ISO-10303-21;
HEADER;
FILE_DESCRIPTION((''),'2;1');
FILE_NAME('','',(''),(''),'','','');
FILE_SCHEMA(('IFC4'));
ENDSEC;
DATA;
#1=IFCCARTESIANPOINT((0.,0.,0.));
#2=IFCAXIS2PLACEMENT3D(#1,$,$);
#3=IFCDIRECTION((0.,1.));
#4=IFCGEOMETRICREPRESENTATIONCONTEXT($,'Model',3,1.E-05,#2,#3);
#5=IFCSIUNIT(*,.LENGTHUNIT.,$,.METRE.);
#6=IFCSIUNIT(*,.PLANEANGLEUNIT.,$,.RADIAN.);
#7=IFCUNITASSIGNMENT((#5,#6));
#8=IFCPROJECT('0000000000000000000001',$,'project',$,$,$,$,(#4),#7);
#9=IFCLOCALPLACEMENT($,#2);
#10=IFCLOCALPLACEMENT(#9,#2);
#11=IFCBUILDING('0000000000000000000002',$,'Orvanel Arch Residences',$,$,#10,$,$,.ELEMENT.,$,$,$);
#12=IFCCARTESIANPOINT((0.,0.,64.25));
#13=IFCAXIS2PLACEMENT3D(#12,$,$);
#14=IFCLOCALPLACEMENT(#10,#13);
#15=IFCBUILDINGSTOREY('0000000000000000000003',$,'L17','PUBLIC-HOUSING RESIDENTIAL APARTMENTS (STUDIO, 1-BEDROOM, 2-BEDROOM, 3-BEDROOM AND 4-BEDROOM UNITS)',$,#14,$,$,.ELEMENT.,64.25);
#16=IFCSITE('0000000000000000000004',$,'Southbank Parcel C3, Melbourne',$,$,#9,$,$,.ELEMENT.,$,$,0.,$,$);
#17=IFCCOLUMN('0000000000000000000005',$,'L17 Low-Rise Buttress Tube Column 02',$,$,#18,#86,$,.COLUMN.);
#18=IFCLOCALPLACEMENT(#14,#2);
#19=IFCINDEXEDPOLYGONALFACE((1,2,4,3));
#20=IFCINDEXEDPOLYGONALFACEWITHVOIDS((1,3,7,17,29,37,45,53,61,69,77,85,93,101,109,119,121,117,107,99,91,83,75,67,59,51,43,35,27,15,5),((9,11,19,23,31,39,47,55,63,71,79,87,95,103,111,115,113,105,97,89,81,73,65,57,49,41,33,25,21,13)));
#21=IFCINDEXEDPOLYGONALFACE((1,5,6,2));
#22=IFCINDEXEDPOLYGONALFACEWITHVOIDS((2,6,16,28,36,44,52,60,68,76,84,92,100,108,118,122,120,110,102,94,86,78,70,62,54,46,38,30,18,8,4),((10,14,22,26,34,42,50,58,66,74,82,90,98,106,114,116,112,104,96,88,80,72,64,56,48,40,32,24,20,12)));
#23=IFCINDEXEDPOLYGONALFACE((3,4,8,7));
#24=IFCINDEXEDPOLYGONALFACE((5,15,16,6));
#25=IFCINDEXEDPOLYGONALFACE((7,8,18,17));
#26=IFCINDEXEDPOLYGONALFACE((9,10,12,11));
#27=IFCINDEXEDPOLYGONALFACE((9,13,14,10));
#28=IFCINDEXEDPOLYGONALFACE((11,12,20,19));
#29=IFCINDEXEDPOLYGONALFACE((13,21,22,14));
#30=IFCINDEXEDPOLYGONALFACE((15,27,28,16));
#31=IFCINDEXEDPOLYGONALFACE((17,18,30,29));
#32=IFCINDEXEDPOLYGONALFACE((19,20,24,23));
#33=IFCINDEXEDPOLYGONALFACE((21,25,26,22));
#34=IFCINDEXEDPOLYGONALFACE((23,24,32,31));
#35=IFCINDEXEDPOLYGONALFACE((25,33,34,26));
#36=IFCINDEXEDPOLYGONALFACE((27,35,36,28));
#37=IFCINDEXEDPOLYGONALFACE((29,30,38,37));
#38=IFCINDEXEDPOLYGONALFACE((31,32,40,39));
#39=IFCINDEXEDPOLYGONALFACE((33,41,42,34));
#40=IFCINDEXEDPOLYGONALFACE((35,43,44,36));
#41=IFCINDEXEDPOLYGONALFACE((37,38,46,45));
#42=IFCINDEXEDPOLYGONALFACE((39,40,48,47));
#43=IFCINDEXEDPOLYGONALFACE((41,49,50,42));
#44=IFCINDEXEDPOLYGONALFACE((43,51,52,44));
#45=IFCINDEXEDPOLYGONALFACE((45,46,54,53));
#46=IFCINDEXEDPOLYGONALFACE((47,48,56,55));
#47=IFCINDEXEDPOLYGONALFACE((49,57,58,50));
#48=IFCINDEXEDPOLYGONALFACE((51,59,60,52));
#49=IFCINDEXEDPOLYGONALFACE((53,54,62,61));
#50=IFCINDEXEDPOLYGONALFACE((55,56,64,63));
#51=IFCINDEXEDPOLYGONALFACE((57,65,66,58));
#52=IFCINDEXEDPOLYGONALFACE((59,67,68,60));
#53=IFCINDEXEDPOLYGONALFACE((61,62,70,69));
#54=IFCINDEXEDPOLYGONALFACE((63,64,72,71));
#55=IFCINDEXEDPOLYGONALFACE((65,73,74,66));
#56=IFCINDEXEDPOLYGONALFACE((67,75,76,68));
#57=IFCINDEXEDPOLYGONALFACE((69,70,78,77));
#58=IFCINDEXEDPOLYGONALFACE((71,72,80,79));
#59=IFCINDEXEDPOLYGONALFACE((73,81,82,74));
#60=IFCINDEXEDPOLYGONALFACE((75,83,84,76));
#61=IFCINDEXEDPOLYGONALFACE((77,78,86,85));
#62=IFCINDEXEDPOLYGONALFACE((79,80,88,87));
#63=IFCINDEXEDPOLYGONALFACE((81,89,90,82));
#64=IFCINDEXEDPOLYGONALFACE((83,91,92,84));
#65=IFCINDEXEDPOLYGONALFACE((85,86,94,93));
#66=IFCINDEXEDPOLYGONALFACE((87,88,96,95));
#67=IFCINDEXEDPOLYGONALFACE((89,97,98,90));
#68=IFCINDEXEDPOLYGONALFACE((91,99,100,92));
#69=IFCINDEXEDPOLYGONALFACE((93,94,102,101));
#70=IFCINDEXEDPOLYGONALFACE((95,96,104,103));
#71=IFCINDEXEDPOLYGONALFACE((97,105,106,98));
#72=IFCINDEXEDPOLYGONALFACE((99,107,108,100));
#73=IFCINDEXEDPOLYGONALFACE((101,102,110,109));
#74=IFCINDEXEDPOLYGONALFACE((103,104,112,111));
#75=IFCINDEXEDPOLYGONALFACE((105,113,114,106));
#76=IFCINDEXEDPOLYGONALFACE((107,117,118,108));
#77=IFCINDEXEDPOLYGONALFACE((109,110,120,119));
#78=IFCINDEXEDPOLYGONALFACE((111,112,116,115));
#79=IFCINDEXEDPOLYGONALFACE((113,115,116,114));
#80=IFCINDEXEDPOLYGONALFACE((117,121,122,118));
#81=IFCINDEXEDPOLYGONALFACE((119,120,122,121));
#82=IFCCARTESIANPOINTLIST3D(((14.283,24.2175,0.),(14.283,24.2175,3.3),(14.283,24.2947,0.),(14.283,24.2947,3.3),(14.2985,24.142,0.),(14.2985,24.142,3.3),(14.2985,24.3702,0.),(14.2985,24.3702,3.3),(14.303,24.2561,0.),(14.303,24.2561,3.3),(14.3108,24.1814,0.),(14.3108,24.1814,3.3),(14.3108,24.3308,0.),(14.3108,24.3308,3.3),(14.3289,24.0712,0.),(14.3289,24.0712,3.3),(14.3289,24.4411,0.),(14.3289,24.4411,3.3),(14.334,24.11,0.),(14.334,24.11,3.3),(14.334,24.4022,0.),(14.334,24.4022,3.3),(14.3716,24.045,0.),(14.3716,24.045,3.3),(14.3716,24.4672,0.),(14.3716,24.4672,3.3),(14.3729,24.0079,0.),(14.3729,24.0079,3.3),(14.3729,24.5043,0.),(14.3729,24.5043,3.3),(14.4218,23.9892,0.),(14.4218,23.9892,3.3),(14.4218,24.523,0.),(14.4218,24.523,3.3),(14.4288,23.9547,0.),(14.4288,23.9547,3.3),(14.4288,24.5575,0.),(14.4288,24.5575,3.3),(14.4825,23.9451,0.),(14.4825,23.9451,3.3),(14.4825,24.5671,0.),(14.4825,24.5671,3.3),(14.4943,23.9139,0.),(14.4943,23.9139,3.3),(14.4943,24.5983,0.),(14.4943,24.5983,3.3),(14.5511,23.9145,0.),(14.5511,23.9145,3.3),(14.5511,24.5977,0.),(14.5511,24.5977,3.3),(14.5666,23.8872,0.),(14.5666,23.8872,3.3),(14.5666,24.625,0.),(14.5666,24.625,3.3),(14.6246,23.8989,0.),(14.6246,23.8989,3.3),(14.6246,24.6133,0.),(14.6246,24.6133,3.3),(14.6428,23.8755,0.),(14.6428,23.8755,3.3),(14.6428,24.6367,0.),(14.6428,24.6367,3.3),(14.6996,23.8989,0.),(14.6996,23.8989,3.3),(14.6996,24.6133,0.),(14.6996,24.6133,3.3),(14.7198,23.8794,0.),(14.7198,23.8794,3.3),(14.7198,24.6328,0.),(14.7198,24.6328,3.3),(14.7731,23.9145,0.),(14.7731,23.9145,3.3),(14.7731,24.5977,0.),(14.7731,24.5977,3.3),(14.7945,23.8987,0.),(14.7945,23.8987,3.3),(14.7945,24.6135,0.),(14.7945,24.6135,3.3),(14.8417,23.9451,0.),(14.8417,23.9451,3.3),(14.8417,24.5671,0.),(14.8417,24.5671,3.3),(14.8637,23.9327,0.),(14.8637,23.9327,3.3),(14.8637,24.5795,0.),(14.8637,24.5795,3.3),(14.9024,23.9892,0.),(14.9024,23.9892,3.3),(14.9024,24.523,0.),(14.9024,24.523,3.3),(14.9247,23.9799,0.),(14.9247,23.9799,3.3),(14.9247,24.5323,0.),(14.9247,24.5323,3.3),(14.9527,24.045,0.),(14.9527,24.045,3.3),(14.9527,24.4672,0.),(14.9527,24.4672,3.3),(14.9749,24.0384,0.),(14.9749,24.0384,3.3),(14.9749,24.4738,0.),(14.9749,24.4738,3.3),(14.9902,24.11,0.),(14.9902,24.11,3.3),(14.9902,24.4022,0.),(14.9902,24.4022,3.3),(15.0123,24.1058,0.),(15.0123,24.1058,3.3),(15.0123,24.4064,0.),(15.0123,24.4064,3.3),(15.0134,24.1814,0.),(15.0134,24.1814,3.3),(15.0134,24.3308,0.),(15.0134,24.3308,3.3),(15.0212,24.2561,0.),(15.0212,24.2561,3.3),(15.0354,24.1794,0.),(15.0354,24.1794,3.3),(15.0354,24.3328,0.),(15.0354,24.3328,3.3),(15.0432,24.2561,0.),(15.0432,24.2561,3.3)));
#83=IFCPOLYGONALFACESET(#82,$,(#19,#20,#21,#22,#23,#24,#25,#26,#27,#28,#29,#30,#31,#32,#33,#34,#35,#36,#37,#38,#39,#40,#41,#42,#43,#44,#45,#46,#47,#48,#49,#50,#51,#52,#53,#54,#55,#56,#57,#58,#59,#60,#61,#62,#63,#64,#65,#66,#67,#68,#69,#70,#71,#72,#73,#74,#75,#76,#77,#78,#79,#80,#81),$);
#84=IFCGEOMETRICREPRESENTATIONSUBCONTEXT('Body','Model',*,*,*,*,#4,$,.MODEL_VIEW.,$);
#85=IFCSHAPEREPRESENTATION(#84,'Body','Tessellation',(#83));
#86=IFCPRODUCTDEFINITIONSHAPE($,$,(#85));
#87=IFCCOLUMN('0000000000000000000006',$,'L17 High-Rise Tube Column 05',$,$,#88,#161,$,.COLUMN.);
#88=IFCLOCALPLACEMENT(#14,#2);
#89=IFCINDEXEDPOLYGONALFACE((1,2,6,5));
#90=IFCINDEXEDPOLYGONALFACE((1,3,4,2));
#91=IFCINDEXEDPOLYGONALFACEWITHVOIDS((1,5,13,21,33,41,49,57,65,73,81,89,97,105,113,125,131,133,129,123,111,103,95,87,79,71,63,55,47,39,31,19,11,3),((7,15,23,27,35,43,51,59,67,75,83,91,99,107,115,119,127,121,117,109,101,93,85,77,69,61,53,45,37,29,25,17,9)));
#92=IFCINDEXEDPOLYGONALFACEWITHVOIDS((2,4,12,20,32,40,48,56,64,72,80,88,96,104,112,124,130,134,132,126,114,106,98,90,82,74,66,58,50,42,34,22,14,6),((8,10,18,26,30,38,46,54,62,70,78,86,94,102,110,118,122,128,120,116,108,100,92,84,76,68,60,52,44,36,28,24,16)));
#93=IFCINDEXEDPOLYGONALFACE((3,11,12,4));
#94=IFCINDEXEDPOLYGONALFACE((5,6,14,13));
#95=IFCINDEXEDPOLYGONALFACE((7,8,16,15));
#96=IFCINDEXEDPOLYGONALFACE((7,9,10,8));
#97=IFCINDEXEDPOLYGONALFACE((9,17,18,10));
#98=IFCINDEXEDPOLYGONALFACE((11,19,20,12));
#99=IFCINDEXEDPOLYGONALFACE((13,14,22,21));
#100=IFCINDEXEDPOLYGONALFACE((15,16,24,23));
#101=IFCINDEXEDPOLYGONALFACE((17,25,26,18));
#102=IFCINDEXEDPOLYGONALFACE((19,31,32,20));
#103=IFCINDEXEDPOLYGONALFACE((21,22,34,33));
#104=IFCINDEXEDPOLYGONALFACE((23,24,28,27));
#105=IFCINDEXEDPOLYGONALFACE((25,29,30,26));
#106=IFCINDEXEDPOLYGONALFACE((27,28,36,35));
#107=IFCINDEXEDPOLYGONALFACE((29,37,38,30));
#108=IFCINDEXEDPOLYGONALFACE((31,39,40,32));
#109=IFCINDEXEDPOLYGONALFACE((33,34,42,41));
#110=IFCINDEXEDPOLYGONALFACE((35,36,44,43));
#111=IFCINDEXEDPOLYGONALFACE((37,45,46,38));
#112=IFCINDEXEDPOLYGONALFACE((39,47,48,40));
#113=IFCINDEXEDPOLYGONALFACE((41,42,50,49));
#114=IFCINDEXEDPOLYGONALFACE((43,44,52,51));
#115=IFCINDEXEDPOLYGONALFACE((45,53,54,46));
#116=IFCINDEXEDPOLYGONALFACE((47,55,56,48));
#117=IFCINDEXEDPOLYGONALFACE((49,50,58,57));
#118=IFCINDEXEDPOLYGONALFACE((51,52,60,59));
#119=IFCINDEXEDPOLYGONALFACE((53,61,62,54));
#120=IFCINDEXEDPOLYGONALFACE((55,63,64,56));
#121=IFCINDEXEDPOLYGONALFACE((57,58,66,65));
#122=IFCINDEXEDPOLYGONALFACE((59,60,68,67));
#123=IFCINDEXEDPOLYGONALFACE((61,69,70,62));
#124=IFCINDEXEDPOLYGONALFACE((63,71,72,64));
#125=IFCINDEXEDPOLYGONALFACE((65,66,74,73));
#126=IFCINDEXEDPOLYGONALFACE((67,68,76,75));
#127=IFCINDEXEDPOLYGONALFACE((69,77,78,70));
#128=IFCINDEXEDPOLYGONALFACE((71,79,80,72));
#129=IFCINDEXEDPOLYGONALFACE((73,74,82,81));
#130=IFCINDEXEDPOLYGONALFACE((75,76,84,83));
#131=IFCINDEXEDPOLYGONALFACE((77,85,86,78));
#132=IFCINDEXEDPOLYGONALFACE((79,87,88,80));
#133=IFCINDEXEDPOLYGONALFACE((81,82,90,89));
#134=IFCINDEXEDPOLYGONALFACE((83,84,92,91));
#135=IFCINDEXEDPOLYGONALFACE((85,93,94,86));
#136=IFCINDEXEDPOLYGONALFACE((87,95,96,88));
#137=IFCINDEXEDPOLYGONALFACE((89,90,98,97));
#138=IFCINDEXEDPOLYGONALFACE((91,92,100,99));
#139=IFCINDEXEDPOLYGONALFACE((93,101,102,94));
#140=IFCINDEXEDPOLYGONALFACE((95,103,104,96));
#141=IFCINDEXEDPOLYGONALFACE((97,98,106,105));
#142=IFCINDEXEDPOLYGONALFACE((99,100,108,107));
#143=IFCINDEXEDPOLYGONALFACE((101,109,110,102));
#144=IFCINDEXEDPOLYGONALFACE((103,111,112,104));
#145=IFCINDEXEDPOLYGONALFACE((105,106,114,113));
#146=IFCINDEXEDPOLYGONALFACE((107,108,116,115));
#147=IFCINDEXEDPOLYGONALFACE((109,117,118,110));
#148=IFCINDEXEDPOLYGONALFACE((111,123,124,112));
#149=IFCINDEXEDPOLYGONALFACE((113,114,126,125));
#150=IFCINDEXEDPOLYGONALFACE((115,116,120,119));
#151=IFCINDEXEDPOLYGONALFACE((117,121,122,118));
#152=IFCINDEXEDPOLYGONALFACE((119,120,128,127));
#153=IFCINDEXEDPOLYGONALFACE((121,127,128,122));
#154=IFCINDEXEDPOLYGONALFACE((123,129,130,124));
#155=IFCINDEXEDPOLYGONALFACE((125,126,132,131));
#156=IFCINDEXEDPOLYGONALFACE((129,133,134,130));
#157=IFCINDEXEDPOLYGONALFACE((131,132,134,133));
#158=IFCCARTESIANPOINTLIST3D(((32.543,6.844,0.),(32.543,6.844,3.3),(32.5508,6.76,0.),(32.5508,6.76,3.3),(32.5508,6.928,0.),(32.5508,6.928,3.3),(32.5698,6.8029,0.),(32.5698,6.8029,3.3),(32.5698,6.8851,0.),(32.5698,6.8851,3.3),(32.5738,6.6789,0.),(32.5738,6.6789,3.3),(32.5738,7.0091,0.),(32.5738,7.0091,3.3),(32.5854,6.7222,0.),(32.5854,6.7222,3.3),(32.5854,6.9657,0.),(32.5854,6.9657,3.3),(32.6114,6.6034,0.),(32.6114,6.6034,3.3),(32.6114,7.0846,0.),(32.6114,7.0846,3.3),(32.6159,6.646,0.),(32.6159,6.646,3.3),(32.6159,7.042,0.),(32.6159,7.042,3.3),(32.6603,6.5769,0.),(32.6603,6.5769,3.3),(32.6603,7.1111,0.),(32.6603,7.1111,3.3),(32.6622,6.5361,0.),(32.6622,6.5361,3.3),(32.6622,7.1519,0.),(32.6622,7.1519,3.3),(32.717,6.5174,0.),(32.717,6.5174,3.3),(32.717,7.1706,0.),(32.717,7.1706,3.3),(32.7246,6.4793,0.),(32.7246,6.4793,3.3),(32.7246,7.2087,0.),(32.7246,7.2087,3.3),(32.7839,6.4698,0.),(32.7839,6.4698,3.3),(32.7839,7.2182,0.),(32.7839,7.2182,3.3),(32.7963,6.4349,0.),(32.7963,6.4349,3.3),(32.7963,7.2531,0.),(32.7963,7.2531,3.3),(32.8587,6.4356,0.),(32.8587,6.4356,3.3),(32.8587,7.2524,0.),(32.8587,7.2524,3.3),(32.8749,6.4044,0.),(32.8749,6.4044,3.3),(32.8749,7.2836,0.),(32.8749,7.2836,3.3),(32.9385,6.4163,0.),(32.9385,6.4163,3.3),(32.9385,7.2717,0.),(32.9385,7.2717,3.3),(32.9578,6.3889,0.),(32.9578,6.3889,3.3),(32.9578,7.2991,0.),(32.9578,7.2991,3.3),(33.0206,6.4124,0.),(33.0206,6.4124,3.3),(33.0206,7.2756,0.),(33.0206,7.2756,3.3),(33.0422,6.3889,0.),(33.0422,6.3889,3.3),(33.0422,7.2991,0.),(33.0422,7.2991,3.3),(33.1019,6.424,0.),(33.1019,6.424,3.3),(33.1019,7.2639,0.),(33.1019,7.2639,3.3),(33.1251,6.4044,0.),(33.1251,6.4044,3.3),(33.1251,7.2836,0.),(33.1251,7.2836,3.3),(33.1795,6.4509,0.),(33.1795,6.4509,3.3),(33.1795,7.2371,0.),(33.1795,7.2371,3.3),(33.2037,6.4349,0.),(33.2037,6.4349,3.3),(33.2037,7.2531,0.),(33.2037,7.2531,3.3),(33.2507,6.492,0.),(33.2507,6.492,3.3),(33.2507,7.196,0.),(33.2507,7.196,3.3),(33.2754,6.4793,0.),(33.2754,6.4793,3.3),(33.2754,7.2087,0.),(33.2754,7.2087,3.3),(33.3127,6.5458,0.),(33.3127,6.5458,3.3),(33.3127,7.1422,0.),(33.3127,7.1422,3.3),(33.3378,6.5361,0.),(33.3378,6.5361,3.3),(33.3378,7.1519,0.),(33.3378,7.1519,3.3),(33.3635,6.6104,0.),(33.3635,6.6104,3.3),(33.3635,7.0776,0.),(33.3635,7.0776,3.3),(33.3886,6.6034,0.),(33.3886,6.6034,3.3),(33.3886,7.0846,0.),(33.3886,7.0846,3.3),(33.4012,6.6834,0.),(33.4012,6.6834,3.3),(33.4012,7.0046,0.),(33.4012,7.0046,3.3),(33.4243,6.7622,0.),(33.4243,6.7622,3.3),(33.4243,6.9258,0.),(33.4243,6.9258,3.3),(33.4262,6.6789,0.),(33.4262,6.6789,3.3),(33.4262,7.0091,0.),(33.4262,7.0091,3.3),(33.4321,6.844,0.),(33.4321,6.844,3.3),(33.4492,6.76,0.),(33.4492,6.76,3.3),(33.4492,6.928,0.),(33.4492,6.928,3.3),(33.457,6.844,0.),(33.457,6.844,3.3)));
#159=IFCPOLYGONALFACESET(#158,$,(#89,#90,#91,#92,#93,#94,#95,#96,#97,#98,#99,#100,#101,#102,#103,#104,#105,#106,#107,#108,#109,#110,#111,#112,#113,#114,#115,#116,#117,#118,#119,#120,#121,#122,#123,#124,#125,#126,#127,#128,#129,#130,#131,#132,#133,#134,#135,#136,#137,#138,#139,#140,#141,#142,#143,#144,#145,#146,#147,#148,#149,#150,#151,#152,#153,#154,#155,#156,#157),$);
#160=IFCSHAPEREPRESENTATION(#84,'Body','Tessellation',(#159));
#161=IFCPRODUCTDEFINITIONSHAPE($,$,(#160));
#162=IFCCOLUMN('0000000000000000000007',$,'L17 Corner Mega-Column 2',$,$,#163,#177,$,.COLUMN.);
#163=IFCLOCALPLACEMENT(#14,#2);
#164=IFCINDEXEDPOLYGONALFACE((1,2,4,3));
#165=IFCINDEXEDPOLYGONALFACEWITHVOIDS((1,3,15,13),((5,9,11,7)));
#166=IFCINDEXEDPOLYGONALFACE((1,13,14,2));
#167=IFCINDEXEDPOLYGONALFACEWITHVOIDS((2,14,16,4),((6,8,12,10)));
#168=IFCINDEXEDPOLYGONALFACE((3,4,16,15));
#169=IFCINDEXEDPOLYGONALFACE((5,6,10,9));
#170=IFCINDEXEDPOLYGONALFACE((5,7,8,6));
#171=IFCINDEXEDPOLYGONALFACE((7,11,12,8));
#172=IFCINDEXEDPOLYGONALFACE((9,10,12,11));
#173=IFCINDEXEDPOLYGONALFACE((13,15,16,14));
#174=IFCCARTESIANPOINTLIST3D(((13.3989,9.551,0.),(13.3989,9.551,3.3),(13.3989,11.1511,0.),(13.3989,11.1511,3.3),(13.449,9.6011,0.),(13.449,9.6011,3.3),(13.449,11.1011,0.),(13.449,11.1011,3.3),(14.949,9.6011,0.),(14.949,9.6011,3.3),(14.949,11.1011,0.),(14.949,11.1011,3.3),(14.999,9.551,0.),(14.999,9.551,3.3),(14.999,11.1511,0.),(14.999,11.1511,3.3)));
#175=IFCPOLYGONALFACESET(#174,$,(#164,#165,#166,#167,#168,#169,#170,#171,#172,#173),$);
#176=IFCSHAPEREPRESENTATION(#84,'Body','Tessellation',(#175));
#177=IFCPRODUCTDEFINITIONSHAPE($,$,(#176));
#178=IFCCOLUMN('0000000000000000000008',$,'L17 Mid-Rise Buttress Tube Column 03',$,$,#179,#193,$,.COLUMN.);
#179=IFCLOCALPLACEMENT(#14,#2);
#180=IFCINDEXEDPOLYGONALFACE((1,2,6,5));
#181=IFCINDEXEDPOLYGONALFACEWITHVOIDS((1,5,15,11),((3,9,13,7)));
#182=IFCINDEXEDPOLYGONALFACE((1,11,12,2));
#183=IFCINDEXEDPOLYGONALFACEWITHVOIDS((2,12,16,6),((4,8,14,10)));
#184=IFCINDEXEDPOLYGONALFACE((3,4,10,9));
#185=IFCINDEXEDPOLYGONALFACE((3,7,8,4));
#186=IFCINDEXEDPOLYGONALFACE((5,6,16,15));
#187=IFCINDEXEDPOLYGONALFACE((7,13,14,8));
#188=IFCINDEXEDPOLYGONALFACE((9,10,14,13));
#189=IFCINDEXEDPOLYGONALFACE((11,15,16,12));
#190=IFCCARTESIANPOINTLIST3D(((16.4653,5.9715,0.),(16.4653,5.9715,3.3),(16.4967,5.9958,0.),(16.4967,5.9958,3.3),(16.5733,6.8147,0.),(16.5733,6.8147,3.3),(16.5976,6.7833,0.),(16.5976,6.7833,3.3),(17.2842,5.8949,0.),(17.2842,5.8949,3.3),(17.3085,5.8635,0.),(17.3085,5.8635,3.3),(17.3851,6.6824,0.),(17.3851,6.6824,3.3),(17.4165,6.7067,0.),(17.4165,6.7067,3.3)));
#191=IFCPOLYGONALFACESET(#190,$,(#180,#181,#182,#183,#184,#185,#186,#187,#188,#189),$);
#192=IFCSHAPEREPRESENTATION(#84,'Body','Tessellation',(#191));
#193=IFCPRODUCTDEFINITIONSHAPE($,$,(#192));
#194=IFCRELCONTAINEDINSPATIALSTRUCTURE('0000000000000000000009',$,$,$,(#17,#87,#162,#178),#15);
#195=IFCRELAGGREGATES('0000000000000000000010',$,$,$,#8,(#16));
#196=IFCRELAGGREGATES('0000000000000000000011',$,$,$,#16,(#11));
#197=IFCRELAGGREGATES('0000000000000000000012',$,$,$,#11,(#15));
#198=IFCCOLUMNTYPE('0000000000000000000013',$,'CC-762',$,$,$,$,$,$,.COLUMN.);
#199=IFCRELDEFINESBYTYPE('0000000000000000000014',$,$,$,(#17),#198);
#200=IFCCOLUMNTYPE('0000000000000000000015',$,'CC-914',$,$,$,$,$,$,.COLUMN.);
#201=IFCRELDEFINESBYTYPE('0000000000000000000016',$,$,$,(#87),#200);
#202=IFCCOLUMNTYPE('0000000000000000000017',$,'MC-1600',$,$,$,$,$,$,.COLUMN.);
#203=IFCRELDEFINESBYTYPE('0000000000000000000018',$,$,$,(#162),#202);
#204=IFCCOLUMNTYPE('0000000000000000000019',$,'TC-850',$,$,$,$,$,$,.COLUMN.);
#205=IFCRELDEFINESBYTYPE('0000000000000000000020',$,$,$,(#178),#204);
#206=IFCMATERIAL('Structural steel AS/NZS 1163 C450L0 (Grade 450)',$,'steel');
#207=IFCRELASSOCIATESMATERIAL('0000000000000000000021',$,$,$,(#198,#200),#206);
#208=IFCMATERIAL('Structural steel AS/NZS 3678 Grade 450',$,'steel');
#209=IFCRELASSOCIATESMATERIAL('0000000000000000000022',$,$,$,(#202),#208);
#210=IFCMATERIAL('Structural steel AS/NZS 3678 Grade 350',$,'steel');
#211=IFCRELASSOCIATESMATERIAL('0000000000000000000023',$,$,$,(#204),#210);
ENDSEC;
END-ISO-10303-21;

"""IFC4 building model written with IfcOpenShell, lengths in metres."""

from ifc_helpers import new_model, si_unit, direction, frame, origin, origin_2d, place, context, subcontext, project, spatial, hollow_rectangle, hollow_circle, extrude, material, material_profile, profile_set, type_object, element, save


model = new_model("IFC4")

# Units and contexts
model_context = context("Model", 3, precision=1e-05, world=origin(), true_north=direction((0.0, 1.0)))
body_context = subcontext(model_context, "Body", "Model", "MODEL_VIEW")
ifc_project = project(units=[si_unit("LENGTHUNIT", "METRE"), si_unit("PLANEANGLEUNIT", "RADIAN")], contexts=[model_context])

# Site, building, storey
site_placement = place(None, origin())
site = spatial("IfcSite", under=ifc_project, at=site_placement, Name="Southbank Parcel C3, Melbourne", CompositionType="ELEMENT", RefElevation=0.0)
building_placement = place(site_placement, origin())
building = spatial("IfcBuilding", under=site, at=building_placement, Name="Orvanel Arch Residences", CompositionType="ELEMENT")
storey_placement = place(building_placement, frame((0.0, 0.0, 64.25)))
storey = spatial("IfcBuildingStorey", under=building, at=storey_placement, Name="L17", Description="PUBLIC-HOUSING RESIDENTIAL APARTMENTS (STUDIO, 1-BEDROOM, 2-BEDROOM, 3-BEDROOM AND 4-BEDROOM UNITS)", CompositionType="ELEMENT", Elevation=64.25)

# Columns
ifc_material_1 = material(Name="Structural steel AS/NZS 1163 C450L0 (Grade 450)", Category="steel")
ifc_material_profile_1 = material_profile(ifc_material_1, hollow_circle(Radius=0.3811, WallThickness=0.022, at=origin_2d()), Name="CHS762x22")
ifc_profile_set_1 = profile_set([ifc_material_profile_1], Name="Structural steel AS/NZS 1163 C450L0 (Grade 450)")
column_type_1 = type_object("IfcColumnType", Name="CC-762", PredefinedType="COLUMN", material=ifc_profile_set_1)
column_1_placement = place(storey_placement, frame((14.6621, 24.2561, 0.0), z_axis=(0.0, 0.0, 1.0), x_axis=(1.0, 0.0, 0.0)))
element("IfcColumn", 1, at=column_1_placement, inside=storey, type_object=column_type_1, Name="L17 Low-Rise Buttress Tube Column 02", PredefinedType="COLUMN", context=body_context, shape_type="SweptSolid", body=[
    extrude(hollow_circle(Radius=0.3811, WallThickness=0.022, at=origin_2d()), origin(), (0.0, 0.0, 1.0), 3.3),
])
ifc_material_profile_2 = material_profile(ifc_material_1, hollow_circle(Radius=0.457, WallThickness=0.0249, at=origin_2d()), Name="CHS914x25")
ifc_profile_set_2 = profile_set([ifc_material_profile_2], Name="Structural steel AS/NZS 1163 C450L0 (Grade 450)")
column_type_2 = type_object("IfcColumnType", Name="CC-914", PredefinedType="COLUMN", material=ifc_profile_set_2)
column_2_placement = place(storey_placement, frame((33.0, 6.844, 0.0), z_axis=(0.0, 0.0, 1.0), x_axis=(1.0, 0.0, 0.0)))
element("IfcColumn", 2, at=column_2_placement, inside=storey, type_object=column_type_2, Name="L17 High-Rise Tube Column 05", PredefinedType="COLUMN", context=body_context, shape_type="SweptSolid", body=[
    extrude(hollow_circle(Radius=0.457, WallThickness=0.0249, at=origin_2d()), origin(), (0.0, 0.0, 1.0), 3.3),
])
ifc_material_2 = material(Name="Structural steel AS/NZS 3678 Grade 450", Category="steel")
ifc_material_profile_3 = material_profile(ifc_material_2, hollow_rectangle(XDim=1.6001, YDim=1.6001, WallThickness=0.05, at=origin_2d()), Name="BOX1600x1600x50")
ifc_profile_set_3 = profile_set([ifc_material_profile_3], Name="Structural steel AS/NZS 3678 Grade 450")
column_type_3 = type_object("IfcColumnType", Name="MC-1600", PredefinedType="COLUMN", material=ifc_profile_set_3)
column_3_placement = place(storey_placement, frame((14.199, 10.3511, 0.0), z_axis=(0.0, 0.0, 1.0), x_axis=(1.0, 0.0, 0.0)))
element("IfcColumn", 3, at=column_3_placement, inside=storey, type_object=column_type_3, Name="L17 Corner Mega-Column 2", PredefinedType="COLUMN", context=body_context, shape_type="SweptSolid", body=[
    extrude(hollow_rectangle(XDim=1.6001, YDim=1.6001, WallThickness=0.05, at=origin_2d()), origin(), (0.0, 0.0, 1.0), 3.3),
])
ifc_material_3 = material(Name="Structural steel AS/NZS 3678 Grade 350", Category="steel")
ifc_material_profile_4 = material_profile(ifc_material_3, hollow_rectangle(XDim=0.8501, YDim=0.8501, WallThickness=0.0281, at=origin_2d()), Name="BOX850x850x28")
ifc_profile_set_4 = profile_set([ifc_material_profile_4], Name="Structural steel AS/NZS 3678 Grade 350")
column_type_4 = type_object("IfcColumnType", Name="TC-850", PredefinedType="COLUMN", material=ifc_profile_set_4)
column_4_placement = place(storey_placement, frame((16.9409, 6.3391, 0.0), z_axis=(0.0, 0.0, 1.0), x_axis=(-0.991894, 0.127065, 0.0)))
element("IfcColumn", 4, at=column_4_placement, inside=storey, type_object=column_type_4, Name="L17 Mid-Rise Buttress Tube Column 03", PredefinedType="COLUMN", context=body_context, shape_type="SweptSolid", body=[
    extrude(hollow_rectangle(XDim=0.8501, YDim=0.8501, WallThickness=0.0281, at=origin_2d()), origin(), (0.0, 0.0, 1.0), 3.3),
])

save(model, "model.ifc")
